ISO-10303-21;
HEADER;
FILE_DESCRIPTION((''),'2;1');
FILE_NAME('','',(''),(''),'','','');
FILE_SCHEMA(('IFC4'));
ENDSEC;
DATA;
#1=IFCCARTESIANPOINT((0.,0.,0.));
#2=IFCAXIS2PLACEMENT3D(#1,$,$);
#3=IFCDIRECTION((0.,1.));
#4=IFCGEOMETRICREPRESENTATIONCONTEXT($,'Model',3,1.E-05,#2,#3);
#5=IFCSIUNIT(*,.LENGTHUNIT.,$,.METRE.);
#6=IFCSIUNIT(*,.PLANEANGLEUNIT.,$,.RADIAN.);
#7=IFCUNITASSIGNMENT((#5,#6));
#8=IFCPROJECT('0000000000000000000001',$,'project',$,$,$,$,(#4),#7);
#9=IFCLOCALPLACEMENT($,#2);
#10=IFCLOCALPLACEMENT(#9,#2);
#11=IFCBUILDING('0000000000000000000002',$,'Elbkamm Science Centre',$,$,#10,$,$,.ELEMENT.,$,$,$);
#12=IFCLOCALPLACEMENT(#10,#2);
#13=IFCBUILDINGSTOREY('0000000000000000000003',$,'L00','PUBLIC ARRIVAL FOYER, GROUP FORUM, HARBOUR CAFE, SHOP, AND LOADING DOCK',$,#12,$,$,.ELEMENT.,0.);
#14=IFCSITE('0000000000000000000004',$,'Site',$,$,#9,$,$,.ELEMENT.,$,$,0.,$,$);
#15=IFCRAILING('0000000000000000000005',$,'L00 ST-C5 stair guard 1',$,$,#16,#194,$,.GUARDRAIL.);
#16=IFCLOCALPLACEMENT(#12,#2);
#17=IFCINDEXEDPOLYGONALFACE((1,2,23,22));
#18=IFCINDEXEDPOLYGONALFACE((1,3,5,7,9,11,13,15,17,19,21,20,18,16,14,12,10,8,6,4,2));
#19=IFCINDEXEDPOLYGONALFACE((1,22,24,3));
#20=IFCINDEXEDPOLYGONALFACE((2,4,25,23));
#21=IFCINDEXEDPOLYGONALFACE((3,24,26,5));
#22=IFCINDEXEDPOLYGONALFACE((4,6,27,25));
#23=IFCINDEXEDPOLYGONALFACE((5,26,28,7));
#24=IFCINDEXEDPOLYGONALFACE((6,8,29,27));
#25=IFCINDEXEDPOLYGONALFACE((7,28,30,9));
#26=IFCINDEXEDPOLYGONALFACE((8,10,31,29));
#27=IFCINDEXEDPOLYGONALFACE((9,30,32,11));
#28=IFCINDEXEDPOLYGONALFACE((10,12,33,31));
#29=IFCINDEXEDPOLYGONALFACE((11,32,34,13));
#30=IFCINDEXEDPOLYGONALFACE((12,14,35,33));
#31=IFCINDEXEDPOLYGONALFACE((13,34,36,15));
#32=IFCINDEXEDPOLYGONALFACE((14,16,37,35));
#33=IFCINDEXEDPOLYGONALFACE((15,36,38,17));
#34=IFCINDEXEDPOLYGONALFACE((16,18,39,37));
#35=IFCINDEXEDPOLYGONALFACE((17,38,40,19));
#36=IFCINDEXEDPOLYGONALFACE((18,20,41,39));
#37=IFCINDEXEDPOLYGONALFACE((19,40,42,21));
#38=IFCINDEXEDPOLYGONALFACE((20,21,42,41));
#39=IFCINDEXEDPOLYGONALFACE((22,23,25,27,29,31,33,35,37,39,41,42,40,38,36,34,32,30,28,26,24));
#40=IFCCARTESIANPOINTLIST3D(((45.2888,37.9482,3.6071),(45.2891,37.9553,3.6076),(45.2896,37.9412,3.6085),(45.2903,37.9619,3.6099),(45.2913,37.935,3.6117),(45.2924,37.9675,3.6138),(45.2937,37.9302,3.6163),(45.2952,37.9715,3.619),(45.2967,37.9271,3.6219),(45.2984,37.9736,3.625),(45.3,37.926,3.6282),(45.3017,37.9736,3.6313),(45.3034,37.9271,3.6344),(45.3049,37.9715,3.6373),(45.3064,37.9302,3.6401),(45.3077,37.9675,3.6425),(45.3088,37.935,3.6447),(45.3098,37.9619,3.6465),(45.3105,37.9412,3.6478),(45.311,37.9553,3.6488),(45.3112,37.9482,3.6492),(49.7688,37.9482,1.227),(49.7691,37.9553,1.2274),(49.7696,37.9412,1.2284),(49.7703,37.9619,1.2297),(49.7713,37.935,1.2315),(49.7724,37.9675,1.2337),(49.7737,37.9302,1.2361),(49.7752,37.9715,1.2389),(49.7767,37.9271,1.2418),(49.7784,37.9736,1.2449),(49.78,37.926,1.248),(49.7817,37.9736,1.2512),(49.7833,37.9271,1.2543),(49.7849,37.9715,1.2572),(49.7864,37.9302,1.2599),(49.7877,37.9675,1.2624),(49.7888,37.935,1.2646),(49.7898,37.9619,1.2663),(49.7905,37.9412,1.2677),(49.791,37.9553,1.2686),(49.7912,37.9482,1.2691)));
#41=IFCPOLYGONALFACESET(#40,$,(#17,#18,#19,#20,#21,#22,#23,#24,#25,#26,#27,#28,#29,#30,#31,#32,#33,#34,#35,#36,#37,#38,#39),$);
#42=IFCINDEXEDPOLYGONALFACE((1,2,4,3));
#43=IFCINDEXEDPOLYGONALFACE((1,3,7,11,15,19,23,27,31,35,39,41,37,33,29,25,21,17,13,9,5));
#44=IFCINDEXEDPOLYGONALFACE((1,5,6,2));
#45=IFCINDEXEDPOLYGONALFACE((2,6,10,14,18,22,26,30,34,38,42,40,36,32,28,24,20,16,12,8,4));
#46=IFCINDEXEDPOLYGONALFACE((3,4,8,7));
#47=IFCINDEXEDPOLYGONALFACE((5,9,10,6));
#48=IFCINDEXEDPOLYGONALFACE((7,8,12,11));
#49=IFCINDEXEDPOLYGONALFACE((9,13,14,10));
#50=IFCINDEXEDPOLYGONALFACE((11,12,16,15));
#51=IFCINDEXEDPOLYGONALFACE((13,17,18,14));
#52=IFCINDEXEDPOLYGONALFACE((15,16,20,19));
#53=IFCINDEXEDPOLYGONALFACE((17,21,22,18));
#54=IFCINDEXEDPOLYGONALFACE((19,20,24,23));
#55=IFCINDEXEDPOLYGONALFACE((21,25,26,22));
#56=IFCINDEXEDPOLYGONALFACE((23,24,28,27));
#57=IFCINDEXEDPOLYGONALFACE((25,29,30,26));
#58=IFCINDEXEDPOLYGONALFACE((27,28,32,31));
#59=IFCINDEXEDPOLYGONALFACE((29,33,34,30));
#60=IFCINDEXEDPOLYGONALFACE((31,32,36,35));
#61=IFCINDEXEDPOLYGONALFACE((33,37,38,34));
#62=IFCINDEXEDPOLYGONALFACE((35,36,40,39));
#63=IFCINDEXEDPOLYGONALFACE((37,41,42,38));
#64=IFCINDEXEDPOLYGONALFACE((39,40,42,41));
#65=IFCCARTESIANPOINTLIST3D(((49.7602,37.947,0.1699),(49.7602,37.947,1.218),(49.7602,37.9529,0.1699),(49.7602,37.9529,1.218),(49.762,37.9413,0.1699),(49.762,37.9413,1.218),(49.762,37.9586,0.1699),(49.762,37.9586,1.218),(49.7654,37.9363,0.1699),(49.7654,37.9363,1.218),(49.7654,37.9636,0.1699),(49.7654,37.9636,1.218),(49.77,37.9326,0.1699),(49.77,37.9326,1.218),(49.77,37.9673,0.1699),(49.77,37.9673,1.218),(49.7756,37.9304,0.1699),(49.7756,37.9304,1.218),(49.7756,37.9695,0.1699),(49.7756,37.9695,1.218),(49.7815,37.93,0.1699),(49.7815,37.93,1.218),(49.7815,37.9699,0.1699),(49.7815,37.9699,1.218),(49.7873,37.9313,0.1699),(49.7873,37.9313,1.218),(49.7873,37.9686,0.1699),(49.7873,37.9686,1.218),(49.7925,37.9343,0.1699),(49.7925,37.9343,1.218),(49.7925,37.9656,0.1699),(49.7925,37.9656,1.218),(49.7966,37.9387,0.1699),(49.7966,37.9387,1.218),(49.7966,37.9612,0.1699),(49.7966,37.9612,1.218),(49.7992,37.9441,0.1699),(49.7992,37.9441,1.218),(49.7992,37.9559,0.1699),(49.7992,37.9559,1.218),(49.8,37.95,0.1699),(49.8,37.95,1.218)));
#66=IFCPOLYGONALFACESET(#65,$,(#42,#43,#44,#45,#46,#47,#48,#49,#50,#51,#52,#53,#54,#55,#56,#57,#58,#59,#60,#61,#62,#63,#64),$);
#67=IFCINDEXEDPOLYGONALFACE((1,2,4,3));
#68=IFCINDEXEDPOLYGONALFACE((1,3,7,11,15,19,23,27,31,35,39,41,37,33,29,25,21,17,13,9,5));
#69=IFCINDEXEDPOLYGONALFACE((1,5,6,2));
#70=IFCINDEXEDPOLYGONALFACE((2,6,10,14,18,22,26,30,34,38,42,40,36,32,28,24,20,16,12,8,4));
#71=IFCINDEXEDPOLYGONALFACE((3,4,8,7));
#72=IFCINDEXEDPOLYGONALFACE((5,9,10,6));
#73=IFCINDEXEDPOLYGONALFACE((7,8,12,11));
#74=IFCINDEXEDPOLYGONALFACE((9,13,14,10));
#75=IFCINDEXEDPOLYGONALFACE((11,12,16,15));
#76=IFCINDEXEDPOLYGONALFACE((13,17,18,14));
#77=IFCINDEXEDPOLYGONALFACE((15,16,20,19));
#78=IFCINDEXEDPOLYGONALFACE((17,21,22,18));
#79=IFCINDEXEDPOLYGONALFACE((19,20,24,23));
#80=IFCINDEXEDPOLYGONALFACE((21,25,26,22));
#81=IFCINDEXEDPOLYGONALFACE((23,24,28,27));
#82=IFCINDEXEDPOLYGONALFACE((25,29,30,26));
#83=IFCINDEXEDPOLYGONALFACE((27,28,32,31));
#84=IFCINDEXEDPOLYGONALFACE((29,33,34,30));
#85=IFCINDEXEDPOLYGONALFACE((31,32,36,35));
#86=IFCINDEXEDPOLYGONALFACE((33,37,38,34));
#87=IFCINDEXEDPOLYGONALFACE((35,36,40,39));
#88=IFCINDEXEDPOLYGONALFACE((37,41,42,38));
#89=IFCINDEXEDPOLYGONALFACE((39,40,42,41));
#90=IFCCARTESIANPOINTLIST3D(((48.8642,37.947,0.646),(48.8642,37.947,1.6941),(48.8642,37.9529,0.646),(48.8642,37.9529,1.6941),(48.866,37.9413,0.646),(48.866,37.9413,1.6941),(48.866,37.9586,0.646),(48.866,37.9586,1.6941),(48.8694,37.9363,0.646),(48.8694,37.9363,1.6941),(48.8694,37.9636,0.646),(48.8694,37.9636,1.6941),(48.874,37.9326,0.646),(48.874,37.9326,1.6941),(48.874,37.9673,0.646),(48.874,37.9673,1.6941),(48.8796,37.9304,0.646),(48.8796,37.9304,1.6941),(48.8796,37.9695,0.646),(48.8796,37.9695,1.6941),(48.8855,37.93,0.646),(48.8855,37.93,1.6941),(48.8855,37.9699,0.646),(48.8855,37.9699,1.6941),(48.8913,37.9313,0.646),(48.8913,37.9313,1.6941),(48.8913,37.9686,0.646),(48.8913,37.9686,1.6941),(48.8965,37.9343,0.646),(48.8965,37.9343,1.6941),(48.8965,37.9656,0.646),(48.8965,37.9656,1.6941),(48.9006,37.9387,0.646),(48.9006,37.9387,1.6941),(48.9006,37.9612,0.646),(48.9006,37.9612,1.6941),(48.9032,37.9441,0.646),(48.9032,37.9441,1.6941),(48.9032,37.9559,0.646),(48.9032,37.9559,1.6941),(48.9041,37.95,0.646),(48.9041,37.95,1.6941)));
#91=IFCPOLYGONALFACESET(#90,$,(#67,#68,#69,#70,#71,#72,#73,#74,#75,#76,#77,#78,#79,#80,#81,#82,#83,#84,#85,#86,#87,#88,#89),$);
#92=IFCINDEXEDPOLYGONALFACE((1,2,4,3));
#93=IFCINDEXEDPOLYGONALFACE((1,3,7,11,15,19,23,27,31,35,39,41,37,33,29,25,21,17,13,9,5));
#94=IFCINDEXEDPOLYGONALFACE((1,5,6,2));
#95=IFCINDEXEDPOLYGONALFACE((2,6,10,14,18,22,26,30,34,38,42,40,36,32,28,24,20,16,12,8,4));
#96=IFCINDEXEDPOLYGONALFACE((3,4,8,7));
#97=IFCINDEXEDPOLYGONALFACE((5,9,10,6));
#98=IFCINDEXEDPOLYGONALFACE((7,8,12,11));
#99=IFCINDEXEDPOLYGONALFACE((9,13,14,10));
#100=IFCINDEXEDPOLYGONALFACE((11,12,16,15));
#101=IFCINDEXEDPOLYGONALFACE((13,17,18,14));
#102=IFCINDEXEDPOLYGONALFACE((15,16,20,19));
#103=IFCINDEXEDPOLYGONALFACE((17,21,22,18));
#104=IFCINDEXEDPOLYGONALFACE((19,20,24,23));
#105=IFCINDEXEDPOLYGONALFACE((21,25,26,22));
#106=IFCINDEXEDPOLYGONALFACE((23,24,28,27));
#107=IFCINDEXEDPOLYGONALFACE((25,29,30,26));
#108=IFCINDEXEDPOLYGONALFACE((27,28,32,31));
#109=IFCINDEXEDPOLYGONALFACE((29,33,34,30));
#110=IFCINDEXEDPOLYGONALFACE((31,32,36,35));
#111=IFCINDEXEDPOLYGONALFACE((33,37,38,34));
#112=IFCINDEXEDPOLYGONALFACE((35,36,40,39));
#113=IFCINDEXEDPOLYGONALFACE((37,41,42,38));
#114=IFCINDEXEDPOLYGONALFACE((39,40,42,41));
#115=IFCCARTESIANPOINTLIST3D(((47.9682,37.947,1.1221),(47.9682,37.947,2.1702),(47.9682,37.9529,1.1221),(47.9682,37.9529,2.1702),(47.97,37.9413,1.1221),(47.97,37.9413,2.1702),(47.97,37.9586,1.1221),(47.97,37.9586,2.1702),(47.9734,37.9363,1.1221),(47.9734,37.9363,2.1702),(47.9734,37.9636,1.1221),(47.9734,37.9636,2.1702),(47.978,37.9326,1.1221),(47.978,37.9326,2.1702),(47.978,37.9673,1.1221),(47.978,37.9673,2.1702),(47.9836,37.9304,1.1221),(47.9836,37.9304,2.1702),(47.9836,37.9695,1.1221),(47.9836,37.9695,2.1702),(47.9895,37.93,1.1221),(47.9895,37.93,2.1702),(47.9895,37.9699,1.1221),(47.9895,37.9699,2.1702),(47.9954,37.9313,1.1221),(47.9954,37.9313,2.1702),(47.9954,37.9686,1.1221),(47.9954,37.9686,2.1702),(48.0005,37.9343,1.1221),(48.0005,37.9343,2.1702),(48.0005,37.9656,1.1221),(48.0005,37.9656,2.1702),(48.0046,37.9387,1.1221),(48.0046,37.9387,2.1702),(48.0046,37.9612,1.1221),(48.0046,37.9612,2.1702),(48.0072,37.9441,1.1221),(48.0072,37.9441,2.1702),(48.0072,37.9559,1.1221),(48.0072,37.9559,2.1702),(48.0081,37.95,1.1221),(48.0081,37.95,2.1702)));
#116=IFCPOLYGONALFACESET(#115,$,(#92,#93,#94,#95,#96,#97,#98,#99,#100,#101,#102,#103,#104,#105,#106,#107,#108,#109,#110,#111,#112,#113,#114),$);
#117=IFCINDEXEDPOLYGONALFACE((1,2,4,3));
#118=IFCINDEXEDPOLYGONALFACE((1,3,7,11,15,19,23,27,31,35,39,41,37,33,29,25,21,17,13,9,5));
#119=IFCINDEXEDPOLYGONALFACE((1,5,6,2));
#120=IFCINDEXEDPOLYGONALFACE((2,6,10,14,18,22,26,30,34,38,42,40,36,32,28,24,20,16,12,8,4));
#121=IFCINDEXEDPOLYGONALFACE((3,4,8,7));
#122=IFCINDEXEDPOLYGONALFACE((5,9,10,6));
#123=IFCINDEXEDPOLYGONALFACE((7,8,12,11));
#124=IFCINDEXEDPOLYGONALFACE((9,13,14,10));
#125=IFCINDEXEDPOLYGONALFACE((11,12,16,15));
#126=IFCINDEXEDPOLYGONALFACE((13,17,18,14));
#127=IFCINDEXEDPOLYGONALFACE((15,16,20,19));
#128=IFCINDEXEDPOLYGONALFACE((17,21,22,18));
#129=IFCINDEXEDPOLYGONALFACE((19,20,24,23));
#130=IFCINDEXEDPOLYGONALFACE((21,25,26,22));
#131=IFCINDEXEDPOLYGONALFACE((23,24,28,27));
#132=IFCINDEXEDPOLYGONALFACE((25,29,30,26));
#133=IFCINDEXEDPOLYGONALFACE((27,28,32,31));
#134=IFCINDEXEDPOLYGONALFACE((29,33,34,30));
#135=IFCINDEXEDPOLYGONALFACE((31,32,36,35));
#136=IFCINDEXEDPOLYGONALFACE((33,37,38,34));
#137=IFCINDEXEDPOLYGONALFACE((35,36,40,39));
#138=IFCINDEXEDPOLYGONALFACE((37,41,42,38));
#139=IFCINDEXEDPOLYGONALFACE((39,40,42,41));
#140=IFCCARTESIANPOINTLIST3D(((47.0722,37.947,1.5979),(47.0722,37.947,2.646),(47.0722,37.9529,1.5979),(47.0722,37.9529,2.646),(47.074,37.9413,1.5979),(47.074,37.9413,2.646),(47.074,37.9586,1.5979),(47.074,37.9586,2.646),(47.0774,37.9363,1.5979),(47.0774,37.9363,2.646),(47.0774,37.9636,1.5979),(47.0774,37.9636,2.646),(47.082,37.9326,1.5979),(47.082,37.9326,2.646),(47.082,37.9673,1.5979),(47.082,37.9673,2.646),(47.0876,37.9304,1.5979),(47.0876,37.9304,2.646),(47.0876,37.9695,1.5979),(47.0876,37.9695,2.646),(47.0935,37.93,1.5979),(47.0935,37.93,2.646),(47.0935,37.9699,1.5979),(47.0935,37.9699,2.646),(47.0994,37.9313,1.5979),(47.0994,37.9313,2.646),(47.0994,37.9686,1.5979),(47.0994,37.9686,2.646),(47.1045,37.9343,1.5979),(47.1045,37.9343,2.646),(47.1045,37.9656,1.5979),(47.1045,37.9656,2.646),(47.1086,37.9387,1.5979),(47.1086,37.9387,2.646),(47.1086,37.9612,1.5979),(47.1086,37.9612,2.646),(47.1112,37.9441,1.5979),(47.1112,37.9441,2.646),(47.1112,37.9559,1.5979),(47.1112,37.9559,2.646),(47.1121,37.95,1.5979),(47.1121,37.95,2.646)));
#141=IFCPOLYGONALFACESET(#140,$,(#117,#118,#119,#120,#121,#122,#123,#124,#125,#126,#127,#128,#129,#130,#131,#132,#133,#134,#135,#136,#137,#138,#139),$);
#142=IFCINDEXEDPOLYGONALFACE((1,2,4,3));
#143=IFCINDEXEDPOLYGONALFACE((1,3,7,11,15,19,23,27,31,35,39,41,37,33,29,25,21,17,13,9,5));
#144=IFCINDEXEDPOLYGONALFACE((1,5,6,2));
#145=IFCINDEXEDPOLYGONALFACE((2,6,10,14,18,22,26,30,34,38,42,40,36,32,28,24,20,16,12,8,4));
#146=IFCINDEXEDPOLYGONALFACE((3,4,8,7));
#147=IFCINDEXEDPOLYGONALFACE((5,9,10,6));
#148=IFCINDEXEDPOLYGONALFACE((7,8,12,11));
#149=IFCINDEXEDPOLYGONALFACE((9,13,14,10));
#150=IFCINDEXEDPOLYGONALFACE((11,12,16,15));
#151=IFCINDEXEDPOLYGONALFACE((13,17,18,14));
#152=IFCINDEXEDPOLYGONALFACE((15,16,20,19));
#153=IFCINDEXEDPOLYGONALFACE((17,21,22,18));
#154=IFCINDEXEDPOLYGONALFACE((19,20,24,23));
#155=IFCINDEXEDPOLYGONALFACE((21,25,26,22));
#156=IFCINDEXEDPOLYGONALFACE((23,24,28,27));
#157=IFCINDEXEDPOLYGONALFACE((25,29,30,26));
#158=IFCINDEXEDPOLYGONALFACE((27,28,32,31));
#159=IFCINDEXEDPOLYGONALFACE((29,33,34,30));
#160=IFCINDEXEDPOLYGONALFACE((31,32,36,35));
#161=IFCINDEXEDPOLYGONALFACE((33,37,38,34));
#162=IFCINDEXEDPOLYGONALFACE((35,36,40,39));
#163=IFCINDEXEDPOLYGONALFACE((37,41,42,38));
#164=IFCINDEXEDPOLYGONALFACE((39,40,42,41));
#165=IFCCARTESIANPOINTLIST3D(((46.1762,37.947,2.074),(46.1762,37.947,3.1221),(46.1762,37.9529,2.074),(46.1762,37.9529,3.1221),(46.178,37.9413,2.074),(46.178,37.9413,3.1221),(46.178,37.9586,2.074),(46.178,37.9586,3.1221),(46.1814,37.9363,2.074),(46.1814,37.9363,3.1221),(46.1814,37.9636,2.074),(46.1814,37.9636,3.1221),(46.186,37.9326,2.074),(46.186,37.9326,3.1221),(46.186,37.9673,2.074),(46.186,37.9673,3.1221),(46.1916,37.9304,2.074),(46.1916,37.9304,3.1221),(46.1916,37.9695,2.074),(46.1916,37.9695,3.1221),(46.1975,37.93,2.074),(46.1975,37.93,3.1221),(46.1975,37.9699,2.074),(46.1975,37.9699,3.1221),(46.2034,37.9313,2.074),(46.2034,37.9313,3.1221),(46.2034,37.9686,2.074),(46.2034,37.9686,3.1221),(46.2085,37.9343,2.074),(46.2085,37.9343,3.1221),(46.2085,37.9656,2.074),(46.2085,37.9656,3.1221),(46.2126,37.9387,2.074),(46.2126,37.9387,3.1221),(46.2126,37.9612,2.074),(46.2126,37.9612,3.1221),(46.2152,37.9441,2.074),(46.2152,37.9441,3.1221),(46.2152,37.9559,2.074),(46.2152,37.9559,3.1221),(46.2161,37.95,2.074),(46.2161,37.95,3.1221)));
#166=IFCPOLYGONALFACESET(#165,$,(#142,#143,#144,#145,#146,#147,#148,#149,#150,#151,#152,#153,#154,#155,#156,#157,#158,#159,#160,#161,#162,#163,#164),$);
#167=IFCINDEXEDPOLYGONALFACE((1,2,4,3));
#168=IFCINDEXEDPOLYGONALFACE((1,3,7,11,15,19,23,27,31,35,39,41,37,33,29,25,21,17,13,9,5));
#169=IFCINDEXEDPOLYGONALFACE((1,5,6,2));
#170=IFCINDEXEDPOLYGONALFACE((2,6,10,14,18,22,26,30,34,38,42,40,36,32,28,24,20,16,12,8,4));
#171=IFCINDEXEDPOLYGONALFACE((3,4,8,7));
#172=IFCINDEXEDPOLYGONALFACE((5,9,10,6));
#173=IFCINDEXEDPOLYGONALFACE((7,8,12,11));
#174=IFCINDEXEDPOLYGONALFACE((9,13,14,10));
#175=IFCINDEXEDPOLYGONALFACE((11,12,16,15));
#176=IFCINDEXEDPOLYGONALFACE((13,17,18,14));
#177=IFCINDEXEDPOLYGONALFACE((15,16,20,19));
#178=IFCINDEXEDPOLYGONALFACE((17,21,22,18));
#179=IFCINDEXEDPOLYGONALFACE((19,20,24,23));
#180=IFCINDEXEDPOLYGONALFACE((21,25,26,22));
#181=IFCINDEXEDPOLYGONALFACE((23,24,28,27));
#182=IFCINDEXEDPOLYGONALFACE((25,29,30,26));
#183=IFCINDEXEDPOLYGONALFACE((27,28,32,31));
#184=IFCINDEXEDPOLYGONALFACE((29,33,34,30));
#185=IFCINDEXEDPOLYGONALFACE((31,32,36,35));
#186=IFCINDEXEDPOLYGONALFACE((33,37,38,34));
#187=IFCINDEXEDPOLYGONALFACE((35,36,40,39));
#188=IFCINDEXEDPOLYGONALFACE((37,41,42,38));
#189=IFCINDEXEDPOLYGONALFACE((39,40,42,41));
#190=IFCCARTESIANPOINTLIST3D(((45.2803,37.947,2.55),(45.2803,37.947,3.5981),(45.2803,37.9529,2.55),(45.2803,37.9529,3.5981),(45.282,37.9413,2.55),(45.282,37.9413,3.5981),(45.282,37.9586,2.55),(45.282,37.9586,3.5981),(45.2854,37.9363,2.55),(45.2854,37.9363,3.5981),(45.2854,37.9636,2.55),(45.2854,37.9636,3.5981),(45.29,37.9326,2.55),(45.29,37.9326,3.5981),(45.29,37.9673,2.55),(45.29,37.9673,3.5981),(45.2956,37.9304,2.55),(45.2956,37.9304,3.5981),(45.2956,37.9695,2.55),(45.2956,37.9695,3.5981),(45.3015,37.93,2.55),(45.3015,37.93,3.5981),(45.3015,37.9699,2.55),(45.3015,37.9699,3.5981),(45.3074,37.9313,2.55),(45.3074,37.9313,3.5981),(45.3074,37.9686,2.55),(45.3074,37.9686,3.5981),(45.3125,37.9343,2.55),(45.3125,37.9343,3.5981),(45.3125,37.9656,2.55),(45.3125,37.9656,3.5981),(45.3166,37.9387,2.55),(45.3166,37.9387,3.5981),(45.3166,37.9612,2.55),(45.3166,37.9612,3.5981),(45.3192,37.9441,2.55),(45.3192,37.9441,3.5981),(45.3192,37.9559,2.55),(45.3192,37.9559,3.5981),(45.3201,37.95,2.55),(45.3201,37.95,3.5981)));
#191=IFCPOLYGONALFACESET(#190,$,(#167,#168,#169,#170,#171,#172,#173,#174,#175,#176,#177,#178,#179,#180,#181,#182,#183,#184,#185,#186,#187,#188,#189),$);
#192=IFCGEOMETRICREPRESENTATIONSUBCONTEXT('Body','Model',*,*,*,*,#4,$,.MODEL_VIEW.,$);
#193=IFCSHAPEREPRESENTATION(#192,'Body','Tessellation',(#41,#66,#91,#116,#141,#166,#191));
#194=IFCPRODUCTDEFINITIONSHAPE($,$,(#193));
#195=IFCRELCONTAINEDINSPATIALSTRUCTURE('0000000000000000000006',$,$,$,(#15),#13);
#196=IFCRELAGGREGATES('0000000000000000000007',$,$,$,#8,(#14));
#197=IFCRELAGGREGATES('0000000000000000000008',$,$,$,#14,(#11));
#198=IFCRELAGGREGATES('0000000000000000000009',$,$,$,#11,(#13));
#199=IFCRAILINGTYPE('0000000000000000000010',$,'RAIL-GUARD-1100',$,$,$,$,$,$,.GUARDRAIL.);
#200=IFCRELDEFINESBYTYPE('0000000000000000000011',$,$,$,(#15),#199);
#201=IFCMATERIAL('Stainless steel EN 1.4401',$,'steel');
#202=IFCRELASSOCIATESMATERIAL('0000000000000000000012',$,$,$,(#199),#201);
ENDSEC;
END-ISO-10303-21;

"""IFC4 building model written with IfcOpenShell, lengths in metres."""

from ifc_helpers import new_model, si_unit, direction, frame, origin, origin_2d, place, context, subcontext, project, spatial, circle, extrude, material, type_object, element, save


model = new_model("IFC4")

# Units and contexts
model_context = context("Model", 3, precision=1e-05, world=origin(), true_north=direction((0.0, 1.0)))
body_context = subcontext(model_context, "Body", "Model", "MODEL_VIEW")
ifc_project = project(units=[si_unit("LENGTHUNIT", "METRE"), si_unit("PLANEANGLEUNIT", "RADIAN")], contexts=[model_context])

# Site, building, storey
site_placement = place(None, origin())
site = spatial("IfcSite", under=ifc_project, at=site_placement, Name="Site", CompositionType="ELEMENT", RefElevation=0.0)
building_placement = place(site_placement, origin())
building = spatial("IfcBuilding", under=site, at=building_placement, Name="Elbkamm Science Centre", CompositionType="ELEMENT")
storey_placement = place(building_placement, origin())
storey = spatial("IfcBuildingStorey", under=building, at=storey_placement, Name="L00", Description="PUBLIC ARRIVAL FOYER, GROUP FORUM, HARBOUR CAFE, SHOP, AND LOADING DOCK", CompositionType="ELEMENT", Elevation=0.0)

# Railing
ifc_material_1 = material(Name="Stainless steel EN 1.4401", Category="steel")
railing_type_1 = type_object("IfcRailingType", Name="RAIL-GUARD-1100", PredefinedType="GUARDRAIL", material=ifc_material_1)
railing_1_placement = place(storey_placement, frame((49.78, 37.95, 0.1699)))
element("IfcRailing", 1, at=railing_1_placement, inside=storey, type_object=railing_type_1, Name="L00 ST-C5 stair guard 1", PredefinedType="GUARDRAIL", context=body_context, shape_type="SweptSolid", body=[
    extrude(circle(Radius=0.0239, at=origin_2d()), frame((0.0, 0.0, 1.0781), z_axis=(-0.883105, 0.0, 0.469176), x_axis=(0.0, -1.0, 0.0)), (0.0, 0.0, 1.0), 5.073),
    extrude(circle(Radius=0.02, at=origin_2d()), origin(), (0.0, 0.0, 1.0), 1.0481),
    extrude(circle(Radius=0.02, at=origin_2d()), frame((-0.896, 0.0, 0.4761)), (0.0, 0.0, 1.0), 1.0481),
    extrude(circle(Radius=0.02, at=origin_2d()), frame((-1.792, 0.0, 0.9521)), (0.0, 0.0, 1.0), 1.0481),
    extrude(circle(Radius=0.02, at=origin_2d()), frame((-2.688, 0.0, 1.428)), (0.0, 0.0, 1.0), 1.0481),
    extrude(circle(Radius=0.02, at=origin_2d()), frame((-3.584, 0.0, 1.9041)), (0.0, 0.0, 1.0), 1.0481),
    extrude(circle(Radius=0.02, at=origin_2d()), frame((-4.48, 0.0, 2.3801)), (0.0, 0.0, 1.0), 1.0481),
])

save(model, "model.ifc")
